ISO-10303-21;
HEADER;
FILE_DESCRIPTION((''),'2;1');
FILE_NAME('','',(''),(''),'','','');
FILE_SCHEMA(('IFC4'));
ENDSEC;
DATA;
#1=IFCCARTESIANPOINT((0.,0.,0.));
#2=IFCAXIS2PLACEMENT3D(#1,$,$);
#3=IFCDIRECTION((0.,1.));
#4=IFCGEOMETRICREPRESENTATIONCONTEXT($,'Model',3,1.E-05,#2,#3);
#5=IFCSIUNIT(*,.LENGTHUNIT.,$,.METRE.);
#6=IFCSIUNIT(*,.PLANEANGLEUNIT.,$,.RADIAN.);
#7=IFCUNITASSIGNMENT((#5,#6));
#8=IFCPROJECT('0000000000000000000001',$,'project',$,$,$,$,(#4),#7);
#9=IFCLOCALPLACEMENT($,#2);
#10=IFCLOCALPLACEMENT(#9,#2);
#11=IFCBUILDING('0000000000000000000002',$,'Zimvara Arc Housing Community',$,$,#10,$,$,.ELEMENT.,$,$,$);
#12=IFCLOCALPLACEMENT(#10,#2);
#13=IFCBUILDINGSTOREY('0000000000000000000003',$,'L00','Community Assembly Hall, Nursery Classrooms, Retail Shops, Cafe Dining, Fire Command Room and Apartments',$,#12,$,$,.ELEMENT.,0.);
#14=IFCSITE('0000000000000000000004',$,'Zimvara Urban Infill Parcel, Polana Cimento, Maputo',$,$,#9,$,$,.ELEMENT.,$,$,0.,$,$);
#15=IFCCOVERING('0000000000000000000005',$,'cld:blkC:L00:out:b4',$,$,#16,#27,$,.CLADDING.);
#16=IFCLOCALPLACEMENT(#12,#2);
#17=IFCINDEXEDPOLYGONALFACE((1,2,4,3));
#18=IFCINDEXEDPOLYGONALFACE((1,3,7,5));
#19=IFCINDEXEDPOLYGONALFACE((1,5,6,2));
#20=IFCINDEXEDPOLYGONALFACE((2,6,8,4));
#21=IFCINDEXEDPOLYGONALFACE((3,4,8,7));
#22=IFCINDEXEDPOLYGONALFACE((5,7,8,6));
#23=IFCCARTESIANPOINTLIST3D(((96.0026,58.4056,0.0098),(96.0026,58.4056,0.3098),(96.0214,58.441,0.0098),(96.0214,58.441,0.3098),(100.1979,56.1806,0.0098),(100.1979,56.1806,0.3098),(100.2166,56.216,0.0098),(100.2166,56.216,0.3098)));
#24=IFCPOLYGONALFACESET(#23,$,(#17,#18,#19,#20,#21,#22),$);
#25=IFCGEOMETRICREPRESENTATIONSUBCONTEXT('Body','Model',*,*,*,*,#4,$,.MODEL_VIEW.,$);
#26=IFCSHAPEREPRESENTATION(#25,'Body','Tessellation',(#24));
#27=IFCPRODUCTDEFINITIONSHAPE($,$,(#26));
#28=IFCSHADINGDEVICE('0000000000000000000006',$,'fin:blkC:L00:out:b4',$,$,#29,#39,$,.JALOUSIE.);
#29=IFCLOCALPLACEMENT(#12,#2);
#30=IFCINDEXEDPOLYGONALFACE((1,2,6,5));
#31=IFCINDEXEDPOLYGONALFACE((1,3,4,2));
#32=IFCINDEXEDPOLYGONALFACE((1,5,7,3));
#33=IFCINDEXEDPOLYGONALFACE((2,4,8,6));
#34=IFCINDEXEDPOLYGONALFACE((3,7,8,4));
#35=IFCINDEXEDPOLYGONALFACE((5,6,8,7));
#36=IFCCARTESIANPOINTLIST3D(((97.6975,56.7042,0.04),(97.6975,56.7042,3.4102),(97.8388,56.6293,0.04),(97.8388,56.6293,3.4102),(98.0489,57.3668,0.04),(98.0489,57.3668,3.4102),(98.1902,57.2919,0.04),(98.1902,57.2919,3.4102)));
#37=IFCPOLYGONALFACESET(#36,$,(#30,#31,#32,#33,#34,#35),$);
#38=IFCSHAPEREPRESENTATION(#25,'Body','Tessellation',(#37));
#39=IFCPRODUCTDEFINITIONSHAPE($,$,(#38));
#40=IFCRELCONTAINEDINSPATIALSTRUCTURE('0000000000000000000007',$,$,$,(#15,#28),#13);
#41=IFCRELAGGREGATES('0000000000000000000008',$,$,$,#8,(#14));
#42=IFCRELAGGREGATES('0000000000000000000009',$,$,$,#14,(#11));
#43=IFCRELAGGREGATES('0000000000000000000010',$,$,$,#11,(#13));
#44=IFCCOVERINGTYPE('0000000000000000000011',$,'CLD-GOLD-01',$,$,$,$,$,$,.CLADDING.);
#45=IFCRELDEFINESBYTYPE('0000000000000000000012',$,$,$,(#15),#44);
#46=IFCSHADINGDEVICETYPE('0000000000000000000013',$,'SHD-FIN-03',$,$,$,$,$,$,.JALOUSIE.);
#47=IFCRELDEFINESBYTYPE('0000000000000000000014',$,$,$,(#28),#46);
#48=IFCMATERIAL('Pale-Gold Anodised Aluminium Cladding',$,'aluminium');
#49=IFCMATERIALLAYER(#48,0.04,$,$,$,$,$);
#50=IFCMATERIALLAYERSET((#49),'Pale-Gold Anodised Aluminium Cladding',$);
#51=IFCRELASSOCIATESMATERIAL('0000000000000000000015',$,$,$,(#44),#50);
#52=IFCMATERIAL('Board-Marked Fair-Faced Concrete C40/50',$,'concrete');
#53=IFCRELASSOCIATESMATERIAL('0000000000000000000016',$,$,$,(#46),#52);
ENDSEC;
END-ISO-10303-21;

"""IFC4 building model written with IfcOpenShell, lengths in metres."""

from ifc_helpers import new_model, si_unit, direction, frame, origin, origin_2d, place, context, subcontext, project, spatial, rectangle, extrude, material, layer, layer_set, type_object, element, save


model = new_model("IFC4")

# Units and contexts
model_context = context("Model", 3, precision=1e-05, world=origin(), true_north=direction((0.0, 1.0)))
body_context = subcontext(model_context, "Body", "Model", "MODEL_VIEW")
ifc_project = project(units=[si_unit("LENGTHUNIT", "METRE"), si_unit("PLANEANGLEUNIT", "RADIAN")], contexts=[model_context])

# Site, building, storey
site_placement = place(None, origin())
site = spatial("IfcSite", under=ifc_project, at=site_placement, Name="Zimvara Urban Infill Parcel, Polana Cimento, Maputo", CompositionType="ELEMENT", RefElevation=0.0)
building_placement = place(site_placement, origin())
building = spatial("IfcBuilding", under=site, at=building_placement, Name="Zimvara Arc Housing Community", CompositionType="ELEMENT")
storey_placement = place(building_placement, origin())
storey = spatial("IfcBuildingStorey", under=building, at=storey_placement, Name="L00", Description="Community Assembly Hall, Nursery Classrooms, Retail Shops, Cafe Dining, Fire Command Room and Apartments", CompositionType="ELEMENT", Elevation=0.0)

# Covering
ifc_material_1 = material(Name="Pale-Gold Anodised Aluminium Cladding", Category="aluminium")
ifc_layer_1 = layer(ifc_material_1, 0.04)
ifc_layer_set_1 = layer_set([ifc_layer_1], Name="Pale-Gold Anodised Aluminium Cladding")
covering_type = type_object("IfcCoveringType", Name="CLD-GOLD-01", PredefinedType="CLADDING", material=ifc_layer_set_1)
covering_placement = place(storey_placement, frame((98.1096, 57.3108, 0.0098), z_axis=(0.0, 0.0, 1.0), x_axis=(0.883439, -0.468547, 0.0)))
element("IfcCovering", 1, at=covering_placement, inside=storey, type_object=covering_type, Name="cld:blkC:L00:out:b4", PredefinedType="CLADDING", context=body_context, shape_type="SweptSolid", body=[
    extrude(rectangle(XDim=4.7488, YDim=0.04, at=origin_2d()), origin(), (0.0, 0.0, 1.0), 0.3),
])

# Shading device
ifc_material_2 = material(Name="Board-Marked Fair-Faced Concrete C40/50", Category="concrete")
shading_device_type = type_object("IfcShadingDeviceType", Name="SHD-FIN-03", PredefinedType="JALOUSIE", material=ifc_material_2)
shading_device_placement = place(storey_placement, frame((97.9438, 56.998, 0.04), z_axis=(0.0, 0.0, 1.0), x_axis=(0.883439, -0.468547, 0.0)))
element("IfcShadingDevice", 2, at=shading_device_placement, inside=storey, type_object=shading_device_type, Name="fin:blkC:L00:out:b4", PredefinedType="JALOUSIE", context=body_context, shape_type="SweptSolid", body=[
    extrude(rectangle(XDim=0.1599, YDim=0.75, at=origin_2d()), origin(), (0.0, 0.0, 1.0), 3.3701),
])

save(model, "model.ifc")
